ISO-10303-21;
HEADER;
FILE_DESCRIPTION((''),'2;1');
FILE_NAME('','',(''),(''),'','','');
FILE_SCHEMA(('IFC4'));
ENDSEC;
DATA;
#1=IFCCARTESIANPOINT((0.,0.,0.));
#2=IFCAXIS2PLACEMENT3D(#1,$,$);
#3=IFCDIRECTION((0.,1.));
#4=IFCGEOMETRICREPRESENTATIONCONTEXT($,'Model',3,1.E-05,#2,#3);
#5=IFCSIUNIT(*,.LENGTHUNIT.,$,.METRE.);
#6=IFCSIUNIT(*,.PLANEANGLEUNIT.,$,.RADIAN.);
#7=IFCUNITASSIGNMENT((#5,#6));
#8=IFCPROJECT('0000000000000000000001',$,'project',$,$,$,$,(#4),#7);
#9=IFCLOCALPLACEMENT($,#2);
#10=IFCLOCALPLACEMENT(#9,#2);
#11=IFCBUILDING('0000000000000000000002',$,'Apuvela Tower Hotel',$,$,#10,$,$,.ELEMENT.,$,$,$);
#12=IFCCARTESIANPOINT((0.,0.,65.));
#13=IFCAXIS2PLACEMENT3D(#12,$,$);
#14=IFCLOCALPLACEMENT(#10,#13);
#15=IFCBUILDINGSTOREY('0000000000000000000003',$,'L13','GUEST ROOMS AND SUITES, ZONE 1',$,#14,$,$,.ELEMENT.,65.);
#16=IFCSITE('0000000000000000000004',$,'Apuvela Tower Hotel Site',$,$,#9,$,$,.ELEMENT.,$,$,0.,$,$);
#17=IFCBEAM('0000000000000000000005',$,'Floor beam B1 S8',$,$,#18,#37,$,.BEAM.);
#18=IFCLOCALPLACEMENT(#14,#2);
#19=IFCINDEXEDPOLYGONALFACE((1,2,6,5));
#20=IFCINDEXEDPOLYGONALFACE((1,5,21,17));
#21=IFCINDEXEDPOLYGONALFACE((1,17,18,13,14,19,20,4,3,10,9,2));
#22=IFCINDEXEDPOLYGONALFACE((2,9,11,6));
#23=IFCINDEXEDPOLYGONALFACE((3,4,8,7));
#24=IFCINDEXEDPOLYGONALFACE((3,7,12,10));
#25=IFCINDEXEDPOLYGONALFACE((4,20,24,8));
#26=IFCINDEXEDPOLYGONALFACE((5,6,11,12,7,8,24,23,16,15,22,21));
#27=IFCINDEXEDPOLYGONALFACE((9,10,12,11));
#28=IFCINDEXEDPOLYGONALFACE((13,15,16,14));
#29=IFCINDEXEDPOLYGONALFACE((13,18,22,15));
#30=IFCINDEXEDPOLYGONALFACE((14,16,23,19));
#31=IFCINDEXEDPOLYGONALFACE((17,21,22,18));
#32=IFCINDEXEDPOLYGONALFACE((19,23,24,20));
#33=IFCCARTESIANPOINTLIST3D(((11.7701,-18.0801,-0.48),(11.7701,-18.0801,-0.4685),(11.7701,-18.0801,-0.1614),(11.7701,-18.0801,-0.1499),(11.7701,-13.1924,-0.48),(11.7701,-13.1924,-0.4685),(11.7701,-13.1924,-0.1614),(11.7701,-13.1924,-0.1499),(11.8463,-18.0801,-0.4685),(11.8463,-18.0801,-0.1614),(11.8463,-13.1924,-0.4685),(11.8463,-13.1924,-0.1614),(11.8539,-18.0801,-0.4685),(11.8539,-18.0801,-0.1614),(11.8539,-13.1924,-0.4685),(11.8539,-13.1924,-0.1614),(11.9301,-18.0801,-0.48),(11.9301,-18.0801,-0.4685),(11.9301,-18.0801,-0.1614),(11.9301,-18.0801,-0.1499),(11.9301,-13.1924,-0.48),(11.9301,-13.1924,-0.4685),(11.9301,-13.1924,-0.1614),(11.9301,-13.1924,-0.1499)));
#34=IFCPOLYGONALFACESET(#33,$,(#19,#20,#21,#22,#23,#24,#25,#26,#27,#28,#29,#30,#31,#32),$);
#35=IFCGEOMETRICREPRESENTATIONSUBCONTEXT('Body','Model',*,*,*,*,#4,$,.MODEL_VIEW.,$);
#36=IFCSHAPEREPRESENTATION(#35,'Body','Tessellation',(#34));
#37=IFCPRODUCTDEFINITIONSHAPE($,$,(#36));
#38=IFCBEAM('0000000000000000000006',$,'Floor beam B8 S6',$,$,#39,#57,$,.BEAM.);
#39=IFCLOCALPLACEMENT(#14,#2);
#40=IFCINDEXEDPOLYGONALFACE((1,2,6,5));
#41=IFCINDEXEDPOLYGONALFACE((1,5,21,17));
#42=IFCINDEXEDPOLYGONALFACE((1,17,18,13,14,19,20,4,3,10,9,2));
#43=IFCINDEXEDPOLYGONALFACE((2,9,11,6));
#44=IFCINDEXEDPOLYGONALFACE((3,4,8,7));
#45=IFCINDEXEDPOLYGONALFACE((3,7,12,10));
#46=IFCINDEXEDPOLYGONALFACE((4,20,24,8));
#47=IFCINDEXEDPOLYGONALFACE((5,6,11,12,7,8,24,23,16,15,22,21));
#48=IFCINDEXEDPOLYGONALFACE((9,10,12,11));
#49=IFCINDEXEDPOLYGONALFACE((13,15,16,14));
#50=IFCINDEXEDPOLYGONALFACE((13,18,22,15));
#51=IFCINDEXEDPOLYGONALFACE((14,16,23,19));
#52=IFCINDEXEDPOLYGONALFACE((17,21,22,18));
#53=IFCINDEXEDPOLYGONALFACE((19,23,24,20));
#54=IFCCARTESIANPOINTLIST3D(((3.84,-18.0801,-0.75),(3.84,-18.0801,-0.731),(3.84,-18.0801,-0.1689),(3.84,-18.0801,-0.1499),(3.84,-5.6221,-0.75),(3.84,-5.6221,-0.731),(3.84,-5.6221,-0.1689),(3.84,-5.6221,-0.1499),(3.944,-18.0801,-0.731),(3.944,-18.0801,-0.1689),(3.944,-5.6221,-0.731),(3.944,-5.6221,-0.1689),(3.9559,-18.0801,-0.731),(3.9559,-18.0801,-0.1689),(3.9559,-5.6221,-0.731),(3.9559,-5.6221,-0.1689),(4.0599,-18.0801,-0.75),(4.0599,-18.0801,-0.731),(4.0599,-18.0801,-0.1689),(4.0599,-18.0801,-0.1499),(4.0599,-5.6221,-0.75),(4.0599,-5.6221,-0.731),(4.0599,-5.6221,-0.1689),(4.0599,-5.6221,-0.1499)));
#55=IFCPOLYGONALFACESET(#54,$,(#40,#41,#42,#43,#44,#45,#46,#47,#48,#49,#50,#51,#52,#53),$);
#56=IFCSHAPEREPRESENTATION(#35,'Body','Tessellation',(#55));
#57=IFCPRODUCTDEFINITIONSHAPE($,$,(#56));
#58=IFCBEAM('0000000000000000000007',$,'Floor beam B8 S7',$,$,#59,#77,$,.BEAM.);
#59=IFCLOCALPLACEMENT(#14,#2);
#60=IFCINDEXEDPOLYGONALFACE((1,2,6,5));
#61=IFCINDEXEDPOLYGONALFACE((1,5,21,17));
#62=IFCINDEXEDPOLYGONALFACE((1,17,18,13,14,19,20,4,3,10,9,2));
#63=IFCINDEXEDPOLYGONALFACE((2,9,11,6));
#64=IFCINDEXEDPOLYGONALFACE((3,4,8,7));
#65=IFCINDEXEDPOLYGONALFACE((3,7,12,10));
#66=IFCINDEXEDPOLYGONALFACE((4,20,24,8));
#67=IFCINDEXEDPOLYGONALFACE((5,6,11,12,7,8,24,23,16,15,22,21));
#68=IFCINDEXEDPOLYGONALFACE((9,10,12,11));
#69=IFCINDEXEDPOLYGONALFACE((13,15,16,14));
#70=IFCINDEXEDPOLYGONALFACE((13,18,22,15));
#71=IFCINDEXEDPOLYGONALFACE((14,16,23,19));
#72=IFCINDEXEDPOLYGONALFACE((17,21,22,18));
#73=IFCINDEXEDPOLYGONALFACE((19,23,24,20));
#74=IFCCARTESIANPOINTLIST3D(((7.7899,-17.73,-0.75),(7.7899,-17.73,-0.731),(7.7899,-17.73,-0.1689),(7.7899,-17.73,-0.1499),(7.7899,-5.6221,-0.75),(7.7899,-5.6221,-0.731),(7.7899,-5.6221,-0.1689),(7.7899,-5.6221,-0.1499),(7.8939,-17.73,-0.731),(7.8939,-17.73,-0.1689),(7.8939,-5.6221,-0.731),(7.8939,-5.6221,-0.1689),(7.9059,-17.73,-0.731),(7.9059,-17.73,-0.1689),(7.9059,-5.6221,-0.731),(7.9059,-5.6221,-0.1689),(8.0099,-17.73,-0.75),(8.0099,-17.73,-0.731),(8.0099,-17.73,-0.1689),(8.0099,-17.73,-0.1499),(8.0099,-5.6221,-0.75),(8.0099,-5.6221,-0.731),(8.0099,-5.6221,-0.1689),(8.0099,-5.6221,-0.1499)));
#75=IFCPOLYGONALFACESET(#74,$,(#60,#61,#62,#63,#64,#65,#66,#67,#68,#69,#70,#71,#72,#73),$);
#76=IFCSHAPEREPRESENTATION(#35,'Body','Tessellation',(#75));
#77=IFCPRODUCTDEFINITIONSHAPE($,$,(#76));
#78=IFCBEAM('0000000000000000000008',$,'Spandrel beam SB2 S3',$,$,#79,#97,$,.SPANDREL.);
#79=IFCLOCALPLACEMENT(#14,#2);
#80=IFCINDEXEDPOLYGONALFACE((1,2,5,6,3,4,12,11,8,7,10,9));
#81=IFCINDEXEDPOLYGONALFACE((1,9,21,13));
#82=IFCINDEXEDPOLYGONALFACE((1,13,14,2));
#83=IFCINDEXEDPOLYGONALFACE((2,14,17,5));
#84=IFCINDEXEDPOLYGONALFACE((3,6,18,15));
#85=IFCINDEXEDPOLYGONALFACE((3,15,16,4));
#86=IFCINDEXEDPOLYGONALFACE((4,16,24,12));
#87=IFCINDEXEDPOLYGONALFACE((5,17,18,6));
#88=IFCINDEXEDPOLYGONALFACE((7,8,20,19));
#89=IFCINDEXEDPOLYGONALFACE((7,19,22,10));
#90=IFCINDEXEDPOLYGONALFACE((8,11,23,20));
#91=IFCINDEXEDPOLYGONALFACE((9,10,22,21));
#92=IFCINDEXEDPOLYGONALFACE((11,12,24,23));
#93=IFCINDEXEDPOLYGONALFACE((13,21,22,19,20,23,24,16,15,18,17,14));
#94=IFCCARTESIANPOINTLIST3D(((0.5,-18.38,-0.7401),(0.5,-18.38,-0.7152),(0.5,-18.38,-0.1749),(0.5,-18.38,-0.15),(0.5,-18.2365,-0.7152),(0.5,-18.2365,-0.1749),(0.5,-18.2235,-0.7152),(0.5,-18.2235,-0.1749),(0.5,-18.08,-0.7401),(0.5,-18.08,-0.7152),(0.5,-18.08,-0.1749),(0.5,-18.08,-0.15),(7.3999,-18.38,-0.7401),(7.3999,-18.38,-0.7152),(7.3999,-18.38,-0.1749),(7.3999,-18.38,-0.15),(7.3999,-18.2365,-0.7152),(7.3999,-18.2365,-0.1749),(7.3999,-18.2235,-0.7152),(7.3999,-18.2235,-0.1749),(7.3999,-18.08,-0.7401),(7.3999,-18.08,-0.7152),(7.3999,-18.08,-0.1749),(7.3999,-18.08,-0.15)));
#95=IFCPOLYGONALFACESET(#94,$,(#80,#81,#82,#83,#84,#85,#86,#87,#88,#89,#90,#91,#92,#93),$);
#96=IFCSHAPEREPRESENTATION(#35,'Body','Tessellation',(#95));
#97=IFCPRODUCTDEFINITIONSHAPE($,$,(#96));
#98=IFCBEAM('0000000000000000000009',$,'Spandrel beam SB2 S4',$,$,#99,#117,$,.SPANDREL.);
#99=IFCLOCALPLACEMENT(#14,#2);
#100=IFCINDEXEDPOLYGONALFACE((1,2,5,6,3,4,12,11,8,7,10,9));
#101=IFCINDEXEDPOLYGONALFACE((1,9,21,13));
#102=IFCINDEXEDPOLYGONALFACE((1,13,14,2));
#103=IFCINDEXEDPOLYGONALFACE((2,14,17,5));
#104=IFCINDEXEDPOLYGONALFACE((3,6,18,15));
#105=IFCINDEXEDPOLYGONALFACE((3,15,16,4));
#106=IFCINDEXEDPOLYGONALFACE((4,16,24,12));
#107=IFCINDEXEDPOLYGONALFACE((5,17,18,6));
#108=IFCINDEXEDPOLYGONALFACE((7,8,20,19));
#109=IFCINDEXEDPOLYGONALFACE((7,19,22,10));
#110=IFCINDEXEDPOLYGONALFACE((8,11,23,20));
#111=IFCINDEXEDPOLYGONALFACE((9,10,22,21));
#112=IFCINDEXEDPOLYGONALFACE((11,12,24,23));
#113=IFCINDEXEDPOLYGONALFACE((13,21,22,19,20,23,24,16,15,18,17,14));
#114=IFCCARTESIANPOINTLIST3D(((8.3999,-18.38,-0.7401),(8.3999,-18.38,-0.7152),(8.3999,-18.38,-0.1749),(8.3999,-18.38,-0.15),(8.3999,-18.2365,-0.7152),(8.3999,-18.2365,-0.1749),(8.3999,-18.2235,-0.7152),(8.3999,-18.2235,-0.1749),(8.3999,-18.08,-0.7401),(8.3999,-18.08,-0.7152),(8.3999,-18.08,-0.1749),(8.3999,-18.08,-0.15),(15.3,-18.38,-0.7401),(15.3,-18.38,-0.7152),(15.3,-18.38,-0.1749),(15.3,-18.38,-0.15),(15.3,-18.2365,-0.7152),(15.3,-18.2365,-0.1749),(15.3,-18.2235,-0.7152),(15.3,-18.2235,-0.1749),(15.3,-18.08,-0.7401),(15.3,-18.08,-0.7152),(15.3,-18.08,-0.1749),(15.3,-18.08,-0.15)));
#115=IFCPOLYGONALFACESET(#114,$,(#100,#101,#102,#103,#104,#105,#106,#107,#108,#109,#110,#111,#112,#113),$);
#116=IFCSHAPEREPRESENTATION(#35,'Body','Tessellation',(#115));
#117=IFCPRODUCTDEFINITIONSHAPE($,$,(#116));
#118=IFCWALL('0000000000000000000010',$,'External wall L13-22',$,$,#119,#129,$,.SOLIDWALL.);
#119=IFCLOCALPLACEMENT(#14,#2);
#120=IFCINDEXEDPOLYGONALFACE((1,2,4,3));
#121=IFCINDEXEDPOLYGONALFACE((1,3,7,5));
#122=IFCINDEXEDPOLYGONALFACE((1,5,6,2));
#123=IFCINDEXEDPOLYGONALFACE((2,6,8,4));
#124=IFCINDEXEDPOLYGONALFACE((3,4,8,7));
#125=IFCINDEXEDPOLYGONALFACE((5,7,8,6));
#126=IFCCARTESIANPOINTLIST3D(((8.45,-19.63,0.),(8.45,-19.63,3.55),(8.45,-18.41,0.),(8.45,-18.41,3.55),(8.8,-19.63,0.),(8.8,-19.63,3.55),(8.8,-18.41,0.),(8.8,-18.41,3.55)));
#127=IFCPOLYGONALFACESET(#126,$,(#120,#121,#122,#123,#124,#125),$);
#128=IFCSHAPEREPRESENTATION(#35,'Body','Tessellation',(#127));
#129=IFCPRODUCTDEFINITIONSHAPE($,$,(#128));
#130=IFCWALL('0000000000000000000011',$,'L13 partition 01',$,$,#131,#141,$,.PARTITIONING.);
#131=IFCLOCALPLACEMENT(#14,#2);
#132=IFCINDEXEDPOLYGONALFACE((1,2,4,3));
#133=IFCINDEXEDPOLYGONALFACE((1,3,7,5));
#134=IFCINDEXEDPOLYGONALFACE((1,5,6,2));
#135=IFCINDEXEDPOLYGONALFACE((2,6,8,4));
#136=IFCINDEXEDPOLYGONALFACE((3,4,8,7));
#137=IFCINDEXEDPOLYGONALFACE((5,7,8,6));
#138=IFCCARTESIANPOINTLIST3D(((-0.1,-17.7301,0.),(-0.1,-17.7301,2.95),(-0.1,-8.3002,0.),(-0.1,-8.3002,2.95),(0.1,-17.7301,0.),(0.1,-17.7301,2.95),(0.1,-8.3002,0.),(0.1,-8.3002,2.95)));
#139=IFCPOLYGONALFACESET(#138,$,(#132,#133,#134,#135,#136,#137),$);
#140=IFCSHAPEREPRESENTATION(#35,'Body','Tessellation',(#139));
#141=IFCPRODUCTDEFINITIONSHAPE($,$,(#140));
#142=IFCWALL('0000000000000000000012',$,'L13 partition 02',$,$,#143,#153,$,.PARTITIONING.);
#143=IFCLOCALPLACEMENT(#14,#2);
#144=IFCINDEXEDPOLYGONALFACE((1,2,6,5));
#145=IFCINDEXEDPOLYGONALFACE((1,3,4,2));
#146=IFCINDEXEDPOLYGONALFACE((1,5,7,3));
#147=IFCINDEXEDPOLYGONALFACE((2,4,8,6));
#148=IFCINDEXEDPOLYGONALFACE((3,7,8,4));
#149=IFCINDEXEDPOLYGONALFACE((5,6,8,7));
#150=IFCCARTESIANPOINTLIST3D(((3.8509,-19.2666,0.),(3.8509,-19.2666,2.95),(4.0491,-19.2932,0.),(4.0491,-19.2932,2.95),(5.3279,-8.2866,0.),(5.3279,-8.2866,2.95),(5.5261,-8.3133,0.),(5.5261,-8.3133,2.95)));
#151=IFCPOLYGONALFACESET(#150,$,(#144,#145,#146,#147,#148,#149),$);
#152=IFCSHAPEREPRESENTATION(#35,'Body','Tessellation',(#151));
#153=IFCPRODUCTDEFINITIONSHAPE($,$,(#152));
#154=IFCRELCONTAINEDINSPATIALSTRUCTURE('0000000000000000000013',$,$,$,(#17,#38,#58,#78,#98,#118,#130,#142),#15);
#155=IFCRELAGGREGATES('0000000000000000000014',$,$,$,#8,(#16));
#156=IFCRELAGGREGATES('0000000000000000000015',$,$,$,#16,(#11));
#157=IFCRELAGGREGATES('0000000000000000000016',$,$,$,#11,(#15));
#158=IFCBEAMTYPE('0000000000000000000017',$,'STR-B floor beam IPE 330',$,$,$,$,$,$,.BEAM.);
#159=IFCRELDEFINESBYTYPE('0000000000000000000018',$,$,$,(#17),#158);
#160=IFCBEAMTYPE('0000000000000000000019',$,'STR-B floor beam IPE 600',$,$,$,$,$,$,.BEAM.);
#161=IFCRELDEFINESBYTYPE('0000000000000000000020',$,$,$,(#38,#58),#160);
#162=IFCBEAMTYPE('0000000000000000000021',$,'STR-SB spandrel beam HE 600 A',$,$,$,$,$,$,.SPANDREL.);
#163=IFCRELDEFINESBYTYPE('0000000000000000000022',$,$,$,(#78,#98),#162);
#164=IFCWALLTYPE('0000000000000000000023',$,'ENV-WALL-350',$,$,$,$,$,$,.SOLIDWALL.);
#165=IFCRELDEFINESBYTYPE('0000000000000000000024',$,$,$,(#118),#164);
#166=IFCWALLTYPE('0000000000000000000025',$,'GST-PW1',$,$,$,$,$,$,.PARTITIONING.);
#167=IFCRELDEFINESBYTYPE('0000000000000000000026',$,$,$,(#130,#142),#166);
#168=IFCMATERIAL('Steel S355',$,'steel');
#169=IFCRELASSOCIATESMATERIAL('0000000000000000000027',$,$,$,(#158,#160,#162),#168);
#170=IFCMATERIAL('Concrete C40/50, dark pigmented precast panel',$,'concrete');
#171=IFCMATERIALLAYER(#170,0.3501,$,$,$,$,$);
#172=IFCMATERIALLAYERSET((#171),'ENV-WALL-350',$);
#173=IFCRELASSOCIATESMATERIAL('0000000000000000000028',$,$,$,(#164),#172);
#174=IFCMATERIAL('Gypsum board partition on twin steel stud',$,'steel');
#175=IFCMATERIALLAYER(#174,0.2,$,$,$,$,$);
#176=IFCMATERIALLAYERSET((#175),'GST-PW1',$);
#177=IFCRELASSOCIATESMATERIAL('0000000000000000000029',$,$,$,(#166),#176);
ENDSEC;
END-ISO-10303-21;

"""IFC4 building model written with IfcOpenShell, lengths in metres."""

from ifc_helpers import new_model, si_unit, direction, frame, frame_2d, origin, origin_2d, place, context, subcontext, project, spatial, rectangle, i_section, extrude, material, layer, layer_set, material_profile, profile_set, type_object, element, save


model = new_model("IFC4")

# Units and contexts
model_context = context("Model", 3, precision=1e-05, world=origin(), true_north=direction((0.0, 1.0)))
body_context = subcontext(model_context, "Body", "Model", "MODEL_VIEW")
ifc_project = project(units=[si_unit("LENGTHUNIT", "METRE"), si_unit("PLANEANGLEUNIT", "RADIAN")], contexts=[model_context])

# Site, building, storey
site_placement = place(None, origin())
site = spatial("IfcSite", under=ifc_project, at=site_placement, Name="Apuvela Tower Hotel Site", CompositionType="ELEMENT", RefElevation=0.0)
building_placement = place(site_placement, origin())
building = spatial("IfcBuilding", under=site, at=building_placement, Name="Apuvela Tower Hotel", CompositionType="ELEMENT")
storey_placement = place(building_placement, frame((0.0, 0.0, 65.0)))
storey = spatial("IfcBuildingStorey", under=building, at=storey_placement, Name="L13", Description="GUEST ROOMS AND SUITES, ZONE 1", CompositionType="ELEMENT", Elevation=65.0)

# Beams
ifc_material_1 = material(Name="Steel S355", Category="steel")
ifc_material_profile_1 = material_profile(ifc_material_1, i_section(OverallWidth=0.1599, OverallDepth=0.3301, WebThickness=0.0076, FlangeThickness=0.0115, at=origin_2d()), Name="IPE 330")
ifc_profile_set_1 = profile_set([ifc_material_profile_1], Name="Steel S355")
beam_type_1 = type_object("IfcBeamType", Name="STR-B floor beam IPE 330", PredefinedType="BEAM", material=ifc_profile_set_1)
beam_1_placement = place(storey_placement, frame((11.8501, -18.0801, -0.3149), z_axis=(0.0, 1.0, 0.0), x_axis=(-1.0, 0.0, 0.0)))
element("IfcBeam", 1, at=beam_1_placement, inside=storey, type_object=beam_type_1, Name="Floor beam B1 S8", PredefinedType="BEAM", context=body_context, shape_type="SweptSolid", body=[
    extrude(i_section(OverallWidth=0.1599, OverallDepth=0.3301, WebThickness=0.0076, FlangeThickness=0.0115, at=origin_2d()), origin(), (0.0, 0.0, 1.0), 4.8877),
])
ifc_material_profile_2 = material_profile(ifc_material_1, i_section(OverallWidth=0.22, OverallDepth=0.6001, WebThickness=0.012, FlangeThickness=0.019, at=origin_2d()), Name="IPE 600")
ifc_profile_set_2 = profile_set([ifc_material_profile_2], Name="Steel S355")
beam_type_2 = type_object("IfcBeamType", Name="STR-B floor beam IPE 600", PredefinedType="BEAM", material=ifc_profile_set_2)
beam_2_placement = place(storey_placement, frame((3.95, -18.0801, -0.45), z_axis=(0.0, 1.0, 0.0), x_axis=(-1.0, 0.0, 0.0)))
element("IfcBeam", 2, at=beam_2_placement, inside=storey, type_object=beam_type_2, Name="Floor beam B8 S6", PredefinedType="BEAM", context=body_context, shape_type="SweptSolid", body=[
    extrude(i_section(OverallWidth=0.22, OverallDepth=0.6001, WebThickness=0.012, FlangeThickness=0.019, at=origin_2d()), origin(), (0.0, 0.0, 1.0), 12.458),
])
beam_3_placement = place(storey_placement, frame((7.8999, -17.73, -0.45), z_axis=(0.0, 1.0, 0.0), x_axis=(-1.0, 0.0, 0.0)))
element("IfcBeam", 3, at=beam_3_placement, inside=storey, type_object=beam_type_2, Name="Floor beam B8 S7", PredefinedType="BEAM", context=body_context, shape_type="SweptSolid", body=[
    extrude(i_section(OverallWidth=0.22, OverallDepth=0.6001, WebThickness=0.012, FlangeThickness=0.019, at=origin_2d()), origin(), (0.0, 0.0, 1.0), 12.1079),
])
ifc_material_profile_3 = material_profile(ifc_material_1, i_section(OverallWidth=0.3, OverallDepth=0.5901, WebThickness=0.0129, FlangeThickness=0.0249, at=origin_2d()), Name="HE 600 A")
ifc_profile_set_3 = profile_set([ifc_material_profile_3], Name="Steel S355")
beam_type_3 = type_object("IfcBeamType", Name="STR-SB spandrel beam HE 600 A", PredefinedType="SPANDREL", material=ifc_profile_set_3)
beam_4_placement = place(storey_placement, frame((0.5, -18.23, -0.4451), z_axis=(1.0, 0.0, 0.0), x_axis=(0.0, 1.0, 0.0)))
element("IfcBeam", 4, at=beam_4_placement, inside=storey, type_object=beam_type_3, Name="Spandrel beam SB2 S3", PredefinedType="SPANDREL", context=body_context, shape_type="SweptSolid", body=[
    extrude(i_section(OverallWidth=0.3, OverallDepth=0.5901, WebThickness=0.0129, FlangeThickness=0.0249, at=origin_2d()), origin(), (0.0, 0.0, 1.0), 6.8999),
])
beam_5_placement = place(storey_placement, frame((8.3999, -18.23, -0.4451), z_axis=(1.0, 0.0, 0.0), x_axis=(0.0, 1.0, 0.0)))
element("IfcBeam", 5, at=beam_5_placement, inside=storey, type_object=beam_type_3, Name="Spandrel beam SB2 S4", PredefinedType="SPANDREL", context=body_context, shape_type="SweptSolid", body=[
    extrude(i_section(OverallWidth=0.3, OverallDepth=0.5901, WebThickness=0.0129, FlangeThickness=0.0249, at=origin_2d()), origin(), (0.0, 0.0, 1.0), 6.9001),
])

# Wall
ifc_material_2 = material(Name="Concrete C40/50, dark pigmented precast panel", Category="concrete")
ifc_layer_1 = layer(ifc_material_2, 0.3501)
ifc_layer_set_1 = layer_set([ifc_layer_1], Name="ENV-WALL-350")
wall_type_1 = type_object("IfcWallType", Name="ENV-WALL-350", PredefinedType="SOLIDWALL", material=ifc_layer_set_1)
wall_1_placement = place(storey_placement, frame((8.625, -19.6299, 0.0), z_axis=(0.0, 0.0, 1.0), x_axis=(0.0, 1.0, 0.0)))
element("IfcWall", 6, at=wall_1_placement, inside=storey, type_object=wall_type_1, Name="External wall L13-22", PredefinedType="SOLIDWALL", context=body_context, shape_type="SweptSolid", body=[
    extrude(rectangle(XDim=1.22, YDim=0.3501, at=frame_2d((0.6099, 0.0))), origin(), (0.0, 0.0, 1.0), 3.55),
])

# Walls
ifc_material_3 = material(Name="Gypsum board partition on twin steel stud", Category="steel")
ifc_layer_2 = layer(ifc_material_3, 0.2)
ifc_layer_set_2 = layer_set([ifc_layer_2], Name="GST-PW1")
wall_type_2 = type_object("IfcWallType", Name="GST-PW1", PredefinedType="PARTITIONING", material=ifc_layer_set_2)
wall_2_placement = place(storey_placement, frame((0.0, -17.73, 0.0), z_axis=(0.0, 0.0, 1.0), x_axis=(0.0, 1.0, 0.0)))
element("IfcWall", 7, at=wall_2_placement, inside=storey, type_object=wall_type_2, Name="L13 partition 01", PredefinedType="PARTITIONING", context=body_context, shape_type="SweptSolid", body=[
    extrude(rectangle(XDim=9.4299, YDim=0.2, at=frame_2d((4.7148, 0.0))), origin(), (0.0, 0.0, 1.0), 2.95),
])
wall_3_placement = place(storey_placement, frame((3.95, -19.28, 0.0), z_axis=(0.0, 0.0, 1.0), x_axis=(0.133321, 0.991073, 0.0)))
element("IfcWall", 8, at=wall_3_placement, inside=storey, type_object=wall_type_2, Name="L13 partition 02", PredefinedType="PARTITIONING", context=body_context, shape_type="SweptSolid", body=[
    extrude(rectangle(XDim=11.0789, YDim=0.2, at=frame_2d((5.5396, 0.0))), origin(), (0.0, 0.0, 1.0), 2.95),
])

save(model, "model.ifc")
